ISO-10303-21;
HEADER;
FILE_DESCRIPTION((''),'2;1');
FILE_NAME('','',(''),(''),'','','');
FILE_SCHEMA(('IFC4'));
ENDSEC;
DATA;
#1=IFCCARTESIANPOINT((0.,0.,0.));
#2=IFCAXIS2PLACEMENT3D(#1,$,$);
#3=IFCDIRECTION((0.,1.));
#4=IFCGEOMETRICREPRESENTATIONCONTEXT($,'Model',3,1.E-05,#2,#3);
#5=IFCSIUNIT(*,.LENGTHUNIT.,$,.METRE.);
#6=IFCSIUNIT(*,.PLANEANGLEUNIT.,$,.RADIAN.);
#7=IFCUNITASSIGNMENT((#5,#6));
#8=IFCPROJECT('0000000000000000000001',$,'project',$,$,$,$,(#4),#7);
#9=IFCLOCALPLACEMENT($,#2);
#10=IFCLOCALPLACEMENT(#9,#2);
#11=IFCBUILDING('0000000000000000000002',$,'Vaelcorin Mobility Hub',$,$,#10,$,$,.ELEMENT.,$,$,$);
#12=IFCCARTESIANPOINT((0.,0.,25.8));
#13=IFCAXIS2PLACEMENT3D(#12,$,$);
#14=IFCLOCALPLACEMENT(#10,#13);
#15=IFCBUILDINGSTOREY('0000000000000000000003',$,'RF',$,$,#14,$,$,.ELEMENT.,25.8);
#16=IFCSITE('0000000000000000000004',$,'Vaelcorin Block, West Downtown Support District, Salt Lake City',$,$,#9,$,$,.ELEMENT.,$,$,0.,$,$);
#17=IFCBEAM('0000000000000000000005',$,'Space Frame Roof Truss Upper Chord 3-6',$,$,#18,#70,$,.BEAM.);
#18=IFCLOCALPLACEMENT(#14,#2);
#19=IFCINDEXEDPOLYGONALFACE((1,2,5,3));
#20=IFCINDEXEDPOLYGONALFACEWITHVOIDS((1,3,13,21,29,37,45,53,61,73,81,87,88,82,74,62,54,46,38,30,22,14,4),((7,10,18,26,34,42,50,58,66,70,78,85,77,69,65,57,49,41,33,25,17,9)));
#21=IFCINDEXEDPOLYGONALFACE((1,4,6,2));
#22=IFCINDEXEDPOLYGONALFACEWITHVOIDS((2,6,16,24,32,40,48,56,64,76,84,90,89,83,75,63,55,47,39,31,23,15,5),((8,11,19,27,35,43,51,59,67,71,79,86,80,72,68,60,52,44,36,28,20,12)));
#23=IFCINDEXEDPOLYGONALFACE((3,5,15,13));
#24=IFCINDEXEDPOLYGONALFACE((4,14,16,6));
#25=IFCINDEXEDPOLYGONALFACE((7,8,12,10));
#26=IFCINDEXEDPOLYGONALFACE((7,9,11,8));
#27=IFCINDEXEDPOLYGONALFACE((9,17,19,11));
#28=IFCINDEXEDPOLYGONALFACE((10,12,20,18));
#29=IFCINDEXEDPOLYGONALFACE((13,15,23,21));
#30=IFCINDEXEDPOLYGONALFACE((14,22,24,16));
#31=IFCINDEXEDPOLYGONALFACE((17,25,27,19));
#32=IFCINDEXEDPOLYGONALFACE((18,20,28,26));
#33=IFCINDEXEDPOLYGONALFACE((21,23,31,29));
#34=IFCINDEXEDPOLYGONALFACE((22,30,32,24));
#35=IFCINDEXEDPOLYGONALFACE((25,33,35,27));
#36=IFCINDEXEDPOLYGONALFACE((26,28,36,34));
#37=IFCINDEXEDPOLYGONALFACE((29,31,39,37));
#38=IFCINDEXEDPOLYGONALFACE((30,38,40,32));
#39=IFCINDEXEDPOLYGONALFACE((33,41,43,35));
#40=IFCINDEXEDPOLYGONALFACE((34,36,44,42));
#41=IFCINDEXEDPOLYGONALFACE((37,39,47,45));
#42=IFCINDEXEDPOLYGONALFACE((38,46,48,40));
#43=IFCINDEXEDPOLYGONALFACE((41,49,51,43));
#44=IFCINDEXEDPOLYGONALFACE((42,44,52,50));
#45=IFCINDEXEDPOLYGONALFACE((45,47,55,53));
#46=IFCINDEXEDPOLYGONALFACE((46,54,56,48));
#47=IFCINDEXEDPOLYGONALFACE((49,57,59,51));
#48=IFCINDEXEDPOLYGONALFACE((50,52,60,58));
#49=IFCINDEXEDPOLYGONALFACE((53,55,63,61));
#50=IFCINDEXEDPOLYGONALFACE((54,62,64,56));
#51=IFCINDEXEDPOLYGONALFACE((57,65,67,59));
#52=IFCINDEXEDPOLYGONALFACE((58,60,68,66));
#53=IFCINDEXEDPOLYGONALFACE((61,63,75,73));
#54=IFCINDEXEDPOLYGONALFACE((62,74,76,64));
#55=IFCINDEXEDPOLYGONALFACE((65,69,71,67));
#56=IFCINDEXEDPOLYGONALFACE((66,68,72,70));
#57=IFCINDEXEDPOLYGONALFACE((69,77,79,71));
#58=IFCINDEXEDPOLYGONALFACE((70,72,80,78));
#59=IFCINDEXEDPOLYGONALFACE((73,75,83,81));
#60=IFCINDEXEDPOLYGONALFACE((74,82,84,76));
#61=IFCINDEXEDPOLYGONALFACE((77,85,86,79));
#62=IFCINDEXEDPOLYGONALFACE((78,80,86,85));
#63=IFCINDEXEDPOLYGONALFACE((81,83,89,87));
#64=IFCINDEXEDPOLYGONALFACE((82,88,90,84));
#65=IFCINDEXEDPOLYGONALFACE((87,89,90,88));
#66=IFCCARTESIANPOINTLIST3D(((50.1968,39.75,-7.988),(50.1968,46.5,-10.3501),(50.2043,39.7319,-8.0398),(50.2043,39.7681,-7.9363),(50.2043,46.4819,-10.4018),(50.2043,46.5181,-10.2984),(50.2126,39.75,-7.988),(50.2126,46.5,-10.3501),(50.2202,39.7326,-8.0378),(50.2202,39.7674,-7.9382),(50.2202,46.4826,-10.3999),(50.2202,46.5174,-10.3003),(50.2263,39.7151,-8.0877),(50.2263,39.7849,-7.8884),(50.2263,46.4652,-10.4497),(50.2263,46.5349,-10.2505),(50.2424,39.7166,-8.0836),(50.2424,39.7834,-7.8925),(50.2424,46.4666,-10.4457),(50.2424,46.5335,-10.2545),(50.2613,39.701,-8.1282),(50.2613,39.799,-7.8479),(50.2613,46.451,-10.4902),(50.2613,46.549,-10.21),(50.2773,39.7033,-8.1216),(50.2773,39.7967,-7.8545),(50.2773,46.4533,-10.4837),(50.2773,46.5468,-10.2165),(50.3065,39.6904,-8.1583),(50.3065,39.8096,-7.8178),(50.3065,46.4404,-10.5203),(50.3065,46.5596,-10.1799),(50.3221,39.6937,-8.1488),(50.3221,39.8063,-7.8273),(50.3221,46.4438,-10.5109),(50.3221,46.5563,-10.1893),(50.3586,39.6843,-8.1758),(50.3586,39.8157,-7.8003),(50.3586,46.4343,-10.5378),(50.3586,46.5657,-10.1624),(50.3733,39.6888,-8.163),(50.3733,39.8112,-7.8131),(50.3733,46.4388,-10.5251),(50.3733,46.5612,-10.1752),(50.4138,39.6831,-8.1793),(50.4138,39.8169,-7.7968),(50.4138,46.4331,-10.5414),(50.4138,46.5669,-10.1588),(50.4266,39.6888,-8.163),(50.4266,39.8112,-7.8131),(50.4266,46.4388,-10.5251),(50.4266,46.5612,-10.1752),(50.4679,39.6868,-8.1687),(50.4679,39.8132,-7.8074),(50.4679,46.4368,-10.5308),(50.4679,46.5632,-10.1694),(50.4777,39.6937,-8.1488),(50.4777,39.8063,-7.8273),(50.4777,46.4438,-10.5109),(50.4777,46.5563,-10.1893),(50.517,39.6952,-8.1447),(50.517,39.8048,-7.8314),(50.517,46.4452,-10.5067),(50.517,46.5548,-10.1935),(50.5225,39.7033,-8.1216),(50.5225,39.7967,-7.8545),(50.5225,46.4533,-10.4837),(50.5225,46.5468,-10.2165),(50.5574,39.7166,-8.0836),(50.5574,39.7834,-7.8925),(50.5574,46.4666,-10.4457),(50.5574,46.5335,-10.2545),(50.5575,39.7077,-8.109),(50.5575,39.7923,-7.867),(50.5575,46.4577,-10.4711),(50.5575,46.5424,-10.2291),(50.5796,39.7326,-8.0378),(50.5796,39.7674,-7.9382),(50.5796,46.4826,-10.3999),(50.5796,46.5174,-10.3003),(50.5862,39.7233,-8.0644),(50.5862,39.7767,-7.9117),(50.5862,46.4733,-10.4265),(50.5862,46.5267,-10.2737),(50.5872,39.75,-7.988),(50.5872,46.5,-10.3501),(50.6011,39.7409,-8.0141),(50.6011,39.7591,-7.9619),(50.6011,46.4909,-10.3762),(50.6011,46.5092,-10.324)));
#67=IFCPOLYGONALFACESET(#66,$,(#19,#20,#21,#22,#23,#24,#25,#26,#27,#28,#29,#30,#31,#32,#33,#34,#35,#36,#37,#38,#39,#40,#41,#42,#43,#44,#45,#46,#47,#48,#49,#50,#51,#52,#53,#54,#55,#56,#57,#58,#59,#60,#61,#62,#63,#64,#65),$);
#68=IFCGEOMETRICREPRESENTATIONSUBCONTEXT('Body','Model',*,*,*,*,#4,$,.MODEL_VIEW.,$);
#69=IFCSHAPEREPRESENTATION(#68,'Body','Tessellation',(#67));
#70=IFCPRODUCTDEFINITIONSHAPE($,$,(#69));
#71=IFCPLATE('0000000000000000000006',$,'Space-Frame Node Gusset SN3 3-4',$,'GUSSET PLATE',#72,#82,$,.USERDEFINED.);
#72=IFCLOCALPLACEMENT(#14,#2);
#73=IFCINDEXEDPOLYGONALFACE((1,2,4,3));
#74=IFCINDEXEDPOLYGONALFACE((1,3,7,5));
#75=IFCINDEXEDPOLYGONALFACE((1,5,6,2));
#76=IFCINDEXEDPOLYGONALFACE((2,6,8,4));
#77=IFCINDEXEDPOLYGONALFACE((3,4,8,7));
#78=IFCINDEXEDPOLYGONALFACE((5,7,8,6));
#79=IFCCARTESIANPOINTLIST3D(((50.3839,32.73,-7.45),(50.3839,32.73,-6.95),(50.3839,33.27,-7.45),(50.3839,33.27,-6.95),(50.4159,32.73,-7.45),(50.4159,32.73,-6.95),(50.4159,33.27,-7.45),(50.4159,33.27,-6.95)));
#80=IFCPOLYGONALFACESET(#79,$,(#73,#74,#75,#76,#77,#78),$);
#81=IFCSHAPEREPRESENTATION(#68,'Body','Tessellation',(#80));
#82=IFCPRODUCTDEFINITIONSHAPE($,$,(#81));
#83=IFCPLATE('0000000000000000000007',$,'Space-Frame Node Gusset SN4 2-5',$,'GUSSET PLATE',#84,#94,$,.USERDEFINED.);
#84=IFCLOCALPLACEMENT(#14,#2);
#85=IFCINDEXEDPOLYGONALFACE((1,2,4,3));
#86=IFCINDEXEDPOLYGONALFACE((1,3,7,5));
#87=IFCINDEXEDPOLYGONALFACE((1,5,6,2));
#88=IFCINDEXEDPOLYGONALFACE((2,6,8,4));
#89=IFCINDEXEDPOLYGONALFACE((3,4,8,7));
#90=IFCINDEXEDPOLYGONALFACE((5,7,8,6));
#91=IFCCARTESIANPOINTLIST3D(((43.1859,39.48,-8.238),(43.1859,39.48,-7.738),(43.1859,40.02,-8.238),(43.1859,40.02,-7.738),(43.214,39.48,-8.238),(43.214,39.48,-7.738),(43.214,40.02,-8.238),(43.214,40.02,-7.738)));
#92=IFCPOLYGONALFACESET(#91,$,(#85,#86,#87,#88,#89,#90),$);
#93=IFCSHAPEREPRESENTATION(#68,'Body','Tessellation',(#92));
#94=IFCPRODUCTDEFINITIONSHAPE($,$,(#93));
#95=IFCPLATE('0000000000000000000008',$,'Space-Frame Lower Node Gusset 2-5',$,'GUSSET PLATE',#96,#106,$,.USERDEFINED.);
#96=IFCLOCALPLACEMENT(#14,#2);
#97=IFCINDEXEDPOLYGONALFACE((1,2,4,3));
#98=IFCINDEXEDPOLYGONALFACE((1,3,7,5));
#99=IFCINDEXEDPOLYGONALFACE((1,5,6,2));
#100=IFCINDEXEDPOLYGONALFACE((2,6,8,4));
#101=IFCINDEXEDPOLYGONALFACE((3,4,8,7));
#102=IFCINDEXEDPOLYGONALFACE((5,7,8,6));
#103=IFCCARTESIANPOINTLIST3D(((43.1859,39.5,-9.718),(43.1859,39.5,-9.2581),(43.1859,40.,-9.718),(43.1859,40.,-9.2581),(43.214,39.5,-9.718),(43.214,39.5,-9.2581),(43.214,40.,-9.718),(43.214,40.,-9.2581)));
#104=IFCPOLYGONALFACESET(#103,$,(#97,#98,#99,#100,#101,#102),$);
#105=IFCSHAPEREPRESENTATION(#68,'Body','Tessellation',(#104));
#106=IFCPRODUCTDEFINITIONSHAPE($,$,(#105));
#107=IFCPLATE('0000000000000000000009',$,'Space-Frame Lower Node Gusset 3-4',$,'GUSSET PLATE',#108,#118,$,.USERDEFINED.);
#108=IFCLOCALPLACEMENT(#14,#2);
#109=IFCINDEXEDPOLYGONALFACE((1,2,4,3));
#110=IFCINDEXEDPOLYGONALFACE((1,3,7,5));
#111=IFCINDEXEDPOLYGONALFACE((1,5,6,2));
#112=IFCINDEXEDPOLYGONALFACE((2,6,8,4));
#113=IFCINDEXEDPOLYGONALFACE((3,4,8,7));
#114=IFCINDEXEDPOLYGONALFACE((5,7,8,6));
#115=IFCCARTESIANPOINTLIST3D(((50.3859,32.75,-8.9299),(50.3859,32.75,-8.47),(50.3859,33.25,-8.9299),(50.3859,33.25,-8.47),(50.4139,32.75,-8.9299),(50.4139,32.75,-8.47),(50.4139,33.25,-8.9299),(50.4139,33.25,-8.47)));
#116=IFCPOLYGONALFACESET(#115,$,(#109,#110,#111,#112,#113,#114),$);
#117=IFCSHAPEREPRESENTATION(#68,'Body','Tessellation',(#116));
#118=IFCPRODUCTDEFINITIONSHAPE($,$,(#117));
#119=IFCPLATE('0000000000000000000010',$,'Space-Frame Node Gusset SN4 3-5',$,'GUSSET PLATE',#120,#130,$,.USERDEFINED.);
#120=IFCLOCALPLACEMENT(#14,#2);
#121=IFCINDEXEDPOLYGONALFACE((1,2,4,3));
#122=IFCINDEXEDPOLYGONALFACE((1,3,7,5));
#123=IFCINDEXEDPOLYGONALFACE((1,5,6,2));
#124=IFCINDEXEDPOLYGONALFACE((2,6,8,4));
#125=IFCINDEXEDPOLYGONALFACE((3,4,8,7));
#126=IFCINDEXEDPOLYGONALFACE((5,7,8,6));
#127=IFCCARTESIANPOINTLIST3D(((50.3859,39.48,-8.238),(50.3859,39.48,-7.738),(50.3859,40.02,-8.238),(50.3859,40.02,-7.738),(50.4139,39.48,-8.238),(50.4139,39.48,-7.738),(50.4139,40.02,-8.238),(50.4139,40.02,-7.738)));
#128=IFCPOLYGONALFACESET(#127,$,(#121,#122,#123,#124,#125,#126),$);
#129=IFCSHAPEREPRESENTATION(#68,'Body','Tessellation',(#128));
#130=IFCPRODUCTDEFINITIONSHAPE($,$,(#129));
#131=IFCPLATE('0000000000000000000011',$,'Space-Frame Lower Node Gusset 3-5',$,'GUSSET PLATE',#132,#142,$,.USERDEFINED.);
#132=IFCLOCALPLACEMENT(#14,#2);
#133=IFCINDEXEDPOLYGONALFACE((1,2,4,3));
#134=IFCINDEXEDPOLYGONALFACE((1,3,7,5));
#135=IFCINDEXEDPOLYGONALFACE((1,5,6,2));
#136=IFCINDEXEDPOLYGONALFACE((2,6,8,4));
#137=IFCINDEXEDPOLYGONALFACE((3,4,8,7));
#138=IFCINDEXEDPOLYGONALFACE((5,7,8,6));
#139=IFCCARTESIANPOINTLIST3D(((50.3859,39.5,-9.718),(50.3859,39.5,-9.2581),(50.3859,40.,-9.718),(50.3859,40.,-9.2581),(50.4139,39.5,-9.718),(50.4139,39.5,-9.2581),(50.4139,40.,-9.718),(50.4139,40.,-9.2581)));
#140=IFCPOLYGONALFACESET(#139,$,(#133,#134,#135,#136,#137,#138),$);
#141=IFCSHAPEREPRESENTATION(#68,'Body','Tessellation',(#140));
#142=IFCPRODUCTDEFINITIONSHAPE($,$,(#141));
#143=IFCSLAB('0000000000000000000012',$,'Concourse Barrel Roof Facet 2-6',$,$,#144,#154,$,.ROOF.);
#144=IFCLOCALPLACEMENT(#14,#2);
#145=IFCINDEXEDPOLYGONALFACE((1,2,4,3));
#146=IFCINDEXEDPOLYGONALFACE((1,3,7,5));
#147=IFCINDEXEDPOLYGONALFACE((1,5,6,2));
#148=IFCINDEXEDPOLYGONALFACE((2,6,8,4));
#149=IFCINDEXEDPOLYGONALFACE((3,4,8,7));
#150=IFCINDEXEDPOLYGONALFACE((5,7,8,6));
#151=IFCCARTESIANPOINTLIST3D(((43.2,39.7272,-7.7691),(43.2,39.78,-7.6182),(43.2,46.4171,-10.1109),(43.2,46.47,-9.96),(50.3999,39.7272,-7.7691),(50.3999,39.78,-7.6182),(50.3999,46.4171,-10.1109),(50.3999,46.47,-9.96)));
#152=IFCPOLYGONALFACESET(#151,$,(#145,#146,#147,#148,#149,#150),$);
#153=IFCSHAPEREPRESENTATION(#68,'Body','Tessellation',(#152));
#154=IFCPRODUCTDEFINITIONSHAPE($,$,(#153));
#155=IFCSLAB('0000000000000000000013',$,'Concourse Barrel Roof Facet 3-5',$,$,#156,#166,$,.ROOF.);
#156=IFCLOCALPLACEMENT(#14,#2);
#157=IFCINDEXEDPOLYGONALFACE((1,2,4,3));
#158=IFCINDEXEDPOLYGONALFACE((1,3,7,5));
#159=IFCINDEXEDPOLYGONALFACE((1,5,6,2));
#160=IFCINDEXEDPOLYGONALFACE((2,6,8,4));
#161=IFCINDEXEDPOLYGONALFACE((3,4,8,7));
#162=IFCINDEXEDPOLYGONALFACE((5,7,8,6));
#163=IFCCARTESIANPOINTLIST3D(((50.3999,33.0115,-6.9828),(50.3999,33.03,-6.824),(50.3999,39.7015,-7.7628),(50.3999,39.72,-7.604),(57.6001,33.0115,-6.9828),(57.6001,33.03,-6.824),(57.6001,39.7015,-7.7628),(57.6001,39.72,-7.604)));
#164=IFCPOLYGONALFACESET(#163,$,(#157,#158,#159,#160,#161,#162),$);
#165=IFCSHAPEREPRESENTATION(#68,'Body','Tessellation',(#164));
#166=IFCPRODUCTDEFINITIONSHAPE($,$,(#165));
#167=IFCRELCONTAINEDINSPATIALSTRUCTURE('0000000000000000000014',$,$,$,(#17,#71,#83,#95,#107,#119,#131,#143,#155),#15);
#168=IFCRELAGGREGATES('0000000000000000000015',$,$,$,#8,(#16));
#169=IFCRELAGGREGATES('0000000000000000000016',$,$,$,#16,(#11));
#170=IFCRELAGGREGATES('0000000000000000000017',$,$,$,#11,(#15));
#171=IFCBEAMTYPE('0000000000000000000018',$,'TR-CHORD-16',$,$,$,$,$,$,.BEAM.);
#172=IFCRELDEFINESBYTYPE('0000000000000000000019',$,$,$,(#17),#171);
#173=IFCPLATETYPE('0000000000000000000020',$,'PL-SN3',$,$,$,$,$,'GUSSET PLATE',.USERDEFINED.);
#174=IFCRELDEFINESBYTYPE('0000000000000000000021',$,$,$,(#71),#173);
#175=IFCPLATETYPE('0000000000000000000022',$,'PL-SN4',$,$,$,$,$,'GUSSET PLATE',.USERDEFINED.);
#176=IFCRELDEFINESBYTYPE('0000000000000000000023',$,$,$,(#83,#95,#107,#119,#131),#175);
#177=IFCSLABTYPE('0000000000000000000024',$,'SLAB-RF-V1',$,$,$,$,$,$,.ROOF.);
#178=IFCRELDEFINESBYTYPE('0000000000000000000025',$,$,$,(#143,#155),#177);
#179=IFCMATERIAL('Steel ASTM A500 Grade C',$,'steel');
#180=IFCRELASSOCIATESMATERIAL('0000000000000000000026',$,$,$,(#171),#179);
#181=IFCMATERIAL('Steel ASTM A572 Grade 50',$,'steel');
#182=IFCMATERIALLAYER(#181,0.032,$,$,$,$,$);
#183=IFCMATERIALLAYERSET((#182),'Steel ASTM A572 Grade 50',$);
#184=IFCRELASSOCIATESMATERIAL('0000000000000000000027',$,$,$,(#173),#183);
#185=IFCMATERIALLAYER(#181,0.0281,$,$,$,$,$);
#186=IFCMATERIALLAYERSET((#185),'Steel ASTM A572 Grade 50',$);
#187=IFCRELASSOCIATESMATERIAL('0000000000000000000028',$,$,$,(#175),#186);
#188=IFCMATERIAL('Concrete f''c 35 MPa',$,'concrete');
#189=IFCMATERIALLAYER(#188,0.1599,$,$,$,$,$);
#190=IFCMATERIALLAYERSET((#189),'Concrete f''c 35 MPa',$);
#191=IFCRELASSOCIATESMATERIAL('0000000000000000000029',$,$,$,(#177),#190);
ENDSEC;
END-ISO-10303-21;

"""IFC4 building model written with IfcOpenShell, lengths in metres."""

from ifc_helpers import new_model, si_unit, direction, frame, origin, origin_2d, place, context, subcontext, project, spatial, polyline, rectangle, hollow_circle, outline, extrude, material, layer, layer_set, material_profile, profile_set, type_object, element, save


model = new_model("IFC4")

# Units and contexts
model_context = context("Model", 3, precision=1e-05, world=origin(), true_north=direction((0.0, 1.0)))
body_context = subcontext(model_context, "Body", "Model", "MODEL_VIEW")
ifc_project = project(units=[si_unit("LENGTHUNIT", "METRE"), si_unit("PLANEANGLEUNIT", "RADIAN")], contexts=[model_context])

# Site, building, storey
site_placement = place(None, origin())
site = spatial("IfcSite", under=ifc_project, at=site_placement, Name="Vaelcorin Block, West Downtown Support District, Salt Lake City", CompositionType="ELEMENT", RefElevation=0.0)
building_placement = place(site_placement, origin())
building = spatial("IfcBuilding", under=site, at=building_placement, Name="Vaelcorin Mobility Hub", CompositionType="ELEMENT")
storey_placement = place(building_placement, frame((0.0, 0.0, 25.8)))
storey = spatial("IfcBuildingStorey", under=building, at=storey_placement, Name="RF", CompositionType="ELEMENT", Elevation=25.8)

# Shared definitions
ifc_material_1 = material(Name="Steel ASTM A500 Grade C", Category="steel")

# Beam
ifc_material_profile_1 = material_profile(ifc_material_1, hollow_circle(Radius=0.2031, WallThickness=0.0159, at=origin_2d()), Name="HSS16.000X0.625")
ifc_profile_set_1 = profile_set([ifc_material_profile_1], Name="Steel ASTM A500 Grade C")
beam_type = type_object("IfcBeamType", Name="TR-CHORD-16", PredefinedType="BEAM", material=ifc_profile_set_1)
beam_1_placement = place(storey_placement, frame((50.3999, 39.75, -7.988), z_axis=(0.0, 0.943878, -0.330296), x_axis=(-1.0, 0.0, 0.0)))
element("IfcBeam", 1, at=beam_1_placement, inside=storey, type_object=beam_type, Name="Space Frame Roof Truss Upper Chord 3-6", PredefinedType="BEAM", context=body_context, shape_type="SweptSolid", body=[
    extrude(hollow_circle(Radius=0.2031, WallThickness=0.0159, at=origin_2d()), origin(), (0.0, 0.0, 1.0), 7.1514),
])

# Plates
ifc_material_2 = material(Name="Steel ASTM A572 Grade 50", Category="steel")
ifc_layer_1 = layer(ifc_material_2, 0.032)
ifc_layer_set_1 = layer_set([ifc_layer_1], Name="Steel ASTM A572 Grade 50")
plate_type_1 = type_object("IfcPlateType", Name="PL-SN3", ElementType="GUSSET PLATE", PredefinedType="USERDEFINED", material=ifc_layer_set_1)
plate_1_placement = place(storey_placement, frame((50.3999, 33.0, -7.45), z_axis=(0.0, 0.0, 1.0), x_axis=(1.0, 0.0, 0.0)))
element("IfcPlate", 2, at=plate_1_placement, inside=storey, type_object=plate_type_1, Name="Space-Frame Node Gusset SN3 3-4", ObjectType="GUSSET PLATE", PredefinedType="USERDEFINED", context=body_context, shape_type="SweptSolid", body=[
    extrude(rectangle(XDim=0.032, YDim=0.54, at=origin_2d()), origin(), (0.0, 0.0, 1.0), 0.5),
])
ifc_layer_2 = layer(ifc_material_2, 0.0281)
ifc_layer_set_2 = layer_set([ifc_layer_2], Name="Steel ASTM A572 Grade 50")
plate_type_2 = type_object("IfcPlateType", Name="PL-SN4", ElementType="GUSSET PLATE", PredefinedType="USERDEFINED", material=ifc_layer_set_2)
plate_2_placement = place(storey_placement, frame((43.2, 39.75, -8.238), z_axis=(0.0, 0.0, 1.0), x_axis=(1.0, 0.0, 0.0)))
element("IfcPlate", 3, at=plate_2_placement, inside=storey, type_object=plate_type_2, Name="Space-Frame Node Gusset SN4 2-5", ObjectType="GUSSET PLATE", PredefinedType="USERDEFINED", context=body_context, shape_type="SweptSolid", body=[
    extrude(rectangle(XDim=0.0281, YDim=0.54, at=origin_2d()), origin(), (0.0, 0.0, 1.0), 0.5),
])
for number, where, z_axis, x_axis, name in (
    (4, (43.2, 39.75, -9.718), (0.0, 0.0, 1.0), (1.0, 0.0, 0.0), "Space-Frame Lower Node Gusset 2-5"),
    (5, (50.3999, 33.0, -8.9299), (0.0, 0.0, 1.0), (1.0, 0.0, 0.0), "Space-Frame Lower Node Gusset 3-4"),
):
    element("IfcPlate", number, at=place(storey_placement, frame(where, z_axis=z_axis, x_axis=x_axis)), inside=storey, type_object=plate_type_2, Name=name, ObjectType="GUSSET PLATE", PredefinedType="USERDEFINED", context=body_context, shape_type="SweptSolid", body=[
        extrude(rectangle(XDim=0.0281, YDim=0.5, at=origin_2d()), origin(), (0.0, 0.0, 1.0), 0.46),
    ])
plate_3_placement = place(storey_placement, frame((50.3999, 39.75, -8.238), z_axis=(0.0, 0.0, 1.0), x_axis=(1.0, 0.0, 0.0)))
element("IfcPlate", 6, at=plate_3_placement, inside=storey, type_object=plate_type_2, Name="Space-Frame Node Gusset SN4 3-5", ObjectType="GUSSET PLATE", PredefinedType="USERDEFINED", context=body_context, shape_type="SweptSolid", body=[
    extrude(rectangle(XDim=0.0281, YDim=0.54, at=origin_2d()), origin(), (0.0, 0.0, 1.0), 0.5),
])
plate_4_placement = place(storey_placement, frame((50.3999, 39.75, -9.718), z_axis=(0.0, 0.0, 1.0), x_axis=(1.0, 0.0, 0.0)))
element("IfcPlate", 7, at=plate_4_placement, inside=storey, type_object=plate_type_2, Name="Space-Frame Lower Node Gusset 3-5", ObjectType="GUSSET PLATE", PredefinedType="USERDEFINED", context=body_context, shape_type="SweptSolid", body=[
    extrude(rectangle(XDim=0.0281, YDim=0.5, at=origin_2d()), origin(), (0.0, 0.0, 1.0), 0.46),
])

# Slabs
ifc_material_3 = material(Name="Concrete f'c 35 MPa", Category="concrete")
ifc_layer_3 = layer(ifc_material_3, 0.1599)
ifc_layer_set_3 = layer_set([ifc_layer_3], Name="Concrete f'c 35 MPa")
slab_type = type_object("IfcSlabType", Name="SLAB-RF-V1", PredefinedType="ROOF", material=ifc_layer_set_3)
slab_1_placement = place(storey_placement, frame((43.2, 39.78, -7.6182), z_axis=(0.0, 0.33039, 0.943844), x_axis=(1.0, 0.0, 0.0)))
element("IfcSlab", 8, at=slab_1_placement, inside=storey, type_object=slab_type, Name="Concourse Barrel Roof Facet 2-6", PredefinedType="ROOF", context=body_context, shape_type="SweptSolid", body=[
    extrude(outline(polyline([(0.0, 0.0), (7.2, 0.0), (7.2, 7.088), (0.0, 7.088), (0.0, 0.0)])), origin(), (0.0, 0.0, -1.0), 0.1599),
])
slab_2_placement = place(storey_placement, frame((50.3999, 33.03, -6.824), z_axis=(0.0, 0.115813, 0.993271), x_axis=(1.0, 0.0, 0.0)))
element("IfcSlab", 9, at=slab_2_placement, inside=storey, type_object=slab_type, Name="Concourse Barrel Roof Facet 3-5", PredefinedType="ROOF", context=body_context, shape_type="SweptSolid", body=[
    extrude(outline(polyline([(0.0, 0.0), (7.2002, 0.0), (7.2002, 6.7353), (0.0, 6.7353), (0.0, 0.0)])), origin(), (0.0, 0.0, -1.0), 0.1599),
])

save(model, "model.ifc")
